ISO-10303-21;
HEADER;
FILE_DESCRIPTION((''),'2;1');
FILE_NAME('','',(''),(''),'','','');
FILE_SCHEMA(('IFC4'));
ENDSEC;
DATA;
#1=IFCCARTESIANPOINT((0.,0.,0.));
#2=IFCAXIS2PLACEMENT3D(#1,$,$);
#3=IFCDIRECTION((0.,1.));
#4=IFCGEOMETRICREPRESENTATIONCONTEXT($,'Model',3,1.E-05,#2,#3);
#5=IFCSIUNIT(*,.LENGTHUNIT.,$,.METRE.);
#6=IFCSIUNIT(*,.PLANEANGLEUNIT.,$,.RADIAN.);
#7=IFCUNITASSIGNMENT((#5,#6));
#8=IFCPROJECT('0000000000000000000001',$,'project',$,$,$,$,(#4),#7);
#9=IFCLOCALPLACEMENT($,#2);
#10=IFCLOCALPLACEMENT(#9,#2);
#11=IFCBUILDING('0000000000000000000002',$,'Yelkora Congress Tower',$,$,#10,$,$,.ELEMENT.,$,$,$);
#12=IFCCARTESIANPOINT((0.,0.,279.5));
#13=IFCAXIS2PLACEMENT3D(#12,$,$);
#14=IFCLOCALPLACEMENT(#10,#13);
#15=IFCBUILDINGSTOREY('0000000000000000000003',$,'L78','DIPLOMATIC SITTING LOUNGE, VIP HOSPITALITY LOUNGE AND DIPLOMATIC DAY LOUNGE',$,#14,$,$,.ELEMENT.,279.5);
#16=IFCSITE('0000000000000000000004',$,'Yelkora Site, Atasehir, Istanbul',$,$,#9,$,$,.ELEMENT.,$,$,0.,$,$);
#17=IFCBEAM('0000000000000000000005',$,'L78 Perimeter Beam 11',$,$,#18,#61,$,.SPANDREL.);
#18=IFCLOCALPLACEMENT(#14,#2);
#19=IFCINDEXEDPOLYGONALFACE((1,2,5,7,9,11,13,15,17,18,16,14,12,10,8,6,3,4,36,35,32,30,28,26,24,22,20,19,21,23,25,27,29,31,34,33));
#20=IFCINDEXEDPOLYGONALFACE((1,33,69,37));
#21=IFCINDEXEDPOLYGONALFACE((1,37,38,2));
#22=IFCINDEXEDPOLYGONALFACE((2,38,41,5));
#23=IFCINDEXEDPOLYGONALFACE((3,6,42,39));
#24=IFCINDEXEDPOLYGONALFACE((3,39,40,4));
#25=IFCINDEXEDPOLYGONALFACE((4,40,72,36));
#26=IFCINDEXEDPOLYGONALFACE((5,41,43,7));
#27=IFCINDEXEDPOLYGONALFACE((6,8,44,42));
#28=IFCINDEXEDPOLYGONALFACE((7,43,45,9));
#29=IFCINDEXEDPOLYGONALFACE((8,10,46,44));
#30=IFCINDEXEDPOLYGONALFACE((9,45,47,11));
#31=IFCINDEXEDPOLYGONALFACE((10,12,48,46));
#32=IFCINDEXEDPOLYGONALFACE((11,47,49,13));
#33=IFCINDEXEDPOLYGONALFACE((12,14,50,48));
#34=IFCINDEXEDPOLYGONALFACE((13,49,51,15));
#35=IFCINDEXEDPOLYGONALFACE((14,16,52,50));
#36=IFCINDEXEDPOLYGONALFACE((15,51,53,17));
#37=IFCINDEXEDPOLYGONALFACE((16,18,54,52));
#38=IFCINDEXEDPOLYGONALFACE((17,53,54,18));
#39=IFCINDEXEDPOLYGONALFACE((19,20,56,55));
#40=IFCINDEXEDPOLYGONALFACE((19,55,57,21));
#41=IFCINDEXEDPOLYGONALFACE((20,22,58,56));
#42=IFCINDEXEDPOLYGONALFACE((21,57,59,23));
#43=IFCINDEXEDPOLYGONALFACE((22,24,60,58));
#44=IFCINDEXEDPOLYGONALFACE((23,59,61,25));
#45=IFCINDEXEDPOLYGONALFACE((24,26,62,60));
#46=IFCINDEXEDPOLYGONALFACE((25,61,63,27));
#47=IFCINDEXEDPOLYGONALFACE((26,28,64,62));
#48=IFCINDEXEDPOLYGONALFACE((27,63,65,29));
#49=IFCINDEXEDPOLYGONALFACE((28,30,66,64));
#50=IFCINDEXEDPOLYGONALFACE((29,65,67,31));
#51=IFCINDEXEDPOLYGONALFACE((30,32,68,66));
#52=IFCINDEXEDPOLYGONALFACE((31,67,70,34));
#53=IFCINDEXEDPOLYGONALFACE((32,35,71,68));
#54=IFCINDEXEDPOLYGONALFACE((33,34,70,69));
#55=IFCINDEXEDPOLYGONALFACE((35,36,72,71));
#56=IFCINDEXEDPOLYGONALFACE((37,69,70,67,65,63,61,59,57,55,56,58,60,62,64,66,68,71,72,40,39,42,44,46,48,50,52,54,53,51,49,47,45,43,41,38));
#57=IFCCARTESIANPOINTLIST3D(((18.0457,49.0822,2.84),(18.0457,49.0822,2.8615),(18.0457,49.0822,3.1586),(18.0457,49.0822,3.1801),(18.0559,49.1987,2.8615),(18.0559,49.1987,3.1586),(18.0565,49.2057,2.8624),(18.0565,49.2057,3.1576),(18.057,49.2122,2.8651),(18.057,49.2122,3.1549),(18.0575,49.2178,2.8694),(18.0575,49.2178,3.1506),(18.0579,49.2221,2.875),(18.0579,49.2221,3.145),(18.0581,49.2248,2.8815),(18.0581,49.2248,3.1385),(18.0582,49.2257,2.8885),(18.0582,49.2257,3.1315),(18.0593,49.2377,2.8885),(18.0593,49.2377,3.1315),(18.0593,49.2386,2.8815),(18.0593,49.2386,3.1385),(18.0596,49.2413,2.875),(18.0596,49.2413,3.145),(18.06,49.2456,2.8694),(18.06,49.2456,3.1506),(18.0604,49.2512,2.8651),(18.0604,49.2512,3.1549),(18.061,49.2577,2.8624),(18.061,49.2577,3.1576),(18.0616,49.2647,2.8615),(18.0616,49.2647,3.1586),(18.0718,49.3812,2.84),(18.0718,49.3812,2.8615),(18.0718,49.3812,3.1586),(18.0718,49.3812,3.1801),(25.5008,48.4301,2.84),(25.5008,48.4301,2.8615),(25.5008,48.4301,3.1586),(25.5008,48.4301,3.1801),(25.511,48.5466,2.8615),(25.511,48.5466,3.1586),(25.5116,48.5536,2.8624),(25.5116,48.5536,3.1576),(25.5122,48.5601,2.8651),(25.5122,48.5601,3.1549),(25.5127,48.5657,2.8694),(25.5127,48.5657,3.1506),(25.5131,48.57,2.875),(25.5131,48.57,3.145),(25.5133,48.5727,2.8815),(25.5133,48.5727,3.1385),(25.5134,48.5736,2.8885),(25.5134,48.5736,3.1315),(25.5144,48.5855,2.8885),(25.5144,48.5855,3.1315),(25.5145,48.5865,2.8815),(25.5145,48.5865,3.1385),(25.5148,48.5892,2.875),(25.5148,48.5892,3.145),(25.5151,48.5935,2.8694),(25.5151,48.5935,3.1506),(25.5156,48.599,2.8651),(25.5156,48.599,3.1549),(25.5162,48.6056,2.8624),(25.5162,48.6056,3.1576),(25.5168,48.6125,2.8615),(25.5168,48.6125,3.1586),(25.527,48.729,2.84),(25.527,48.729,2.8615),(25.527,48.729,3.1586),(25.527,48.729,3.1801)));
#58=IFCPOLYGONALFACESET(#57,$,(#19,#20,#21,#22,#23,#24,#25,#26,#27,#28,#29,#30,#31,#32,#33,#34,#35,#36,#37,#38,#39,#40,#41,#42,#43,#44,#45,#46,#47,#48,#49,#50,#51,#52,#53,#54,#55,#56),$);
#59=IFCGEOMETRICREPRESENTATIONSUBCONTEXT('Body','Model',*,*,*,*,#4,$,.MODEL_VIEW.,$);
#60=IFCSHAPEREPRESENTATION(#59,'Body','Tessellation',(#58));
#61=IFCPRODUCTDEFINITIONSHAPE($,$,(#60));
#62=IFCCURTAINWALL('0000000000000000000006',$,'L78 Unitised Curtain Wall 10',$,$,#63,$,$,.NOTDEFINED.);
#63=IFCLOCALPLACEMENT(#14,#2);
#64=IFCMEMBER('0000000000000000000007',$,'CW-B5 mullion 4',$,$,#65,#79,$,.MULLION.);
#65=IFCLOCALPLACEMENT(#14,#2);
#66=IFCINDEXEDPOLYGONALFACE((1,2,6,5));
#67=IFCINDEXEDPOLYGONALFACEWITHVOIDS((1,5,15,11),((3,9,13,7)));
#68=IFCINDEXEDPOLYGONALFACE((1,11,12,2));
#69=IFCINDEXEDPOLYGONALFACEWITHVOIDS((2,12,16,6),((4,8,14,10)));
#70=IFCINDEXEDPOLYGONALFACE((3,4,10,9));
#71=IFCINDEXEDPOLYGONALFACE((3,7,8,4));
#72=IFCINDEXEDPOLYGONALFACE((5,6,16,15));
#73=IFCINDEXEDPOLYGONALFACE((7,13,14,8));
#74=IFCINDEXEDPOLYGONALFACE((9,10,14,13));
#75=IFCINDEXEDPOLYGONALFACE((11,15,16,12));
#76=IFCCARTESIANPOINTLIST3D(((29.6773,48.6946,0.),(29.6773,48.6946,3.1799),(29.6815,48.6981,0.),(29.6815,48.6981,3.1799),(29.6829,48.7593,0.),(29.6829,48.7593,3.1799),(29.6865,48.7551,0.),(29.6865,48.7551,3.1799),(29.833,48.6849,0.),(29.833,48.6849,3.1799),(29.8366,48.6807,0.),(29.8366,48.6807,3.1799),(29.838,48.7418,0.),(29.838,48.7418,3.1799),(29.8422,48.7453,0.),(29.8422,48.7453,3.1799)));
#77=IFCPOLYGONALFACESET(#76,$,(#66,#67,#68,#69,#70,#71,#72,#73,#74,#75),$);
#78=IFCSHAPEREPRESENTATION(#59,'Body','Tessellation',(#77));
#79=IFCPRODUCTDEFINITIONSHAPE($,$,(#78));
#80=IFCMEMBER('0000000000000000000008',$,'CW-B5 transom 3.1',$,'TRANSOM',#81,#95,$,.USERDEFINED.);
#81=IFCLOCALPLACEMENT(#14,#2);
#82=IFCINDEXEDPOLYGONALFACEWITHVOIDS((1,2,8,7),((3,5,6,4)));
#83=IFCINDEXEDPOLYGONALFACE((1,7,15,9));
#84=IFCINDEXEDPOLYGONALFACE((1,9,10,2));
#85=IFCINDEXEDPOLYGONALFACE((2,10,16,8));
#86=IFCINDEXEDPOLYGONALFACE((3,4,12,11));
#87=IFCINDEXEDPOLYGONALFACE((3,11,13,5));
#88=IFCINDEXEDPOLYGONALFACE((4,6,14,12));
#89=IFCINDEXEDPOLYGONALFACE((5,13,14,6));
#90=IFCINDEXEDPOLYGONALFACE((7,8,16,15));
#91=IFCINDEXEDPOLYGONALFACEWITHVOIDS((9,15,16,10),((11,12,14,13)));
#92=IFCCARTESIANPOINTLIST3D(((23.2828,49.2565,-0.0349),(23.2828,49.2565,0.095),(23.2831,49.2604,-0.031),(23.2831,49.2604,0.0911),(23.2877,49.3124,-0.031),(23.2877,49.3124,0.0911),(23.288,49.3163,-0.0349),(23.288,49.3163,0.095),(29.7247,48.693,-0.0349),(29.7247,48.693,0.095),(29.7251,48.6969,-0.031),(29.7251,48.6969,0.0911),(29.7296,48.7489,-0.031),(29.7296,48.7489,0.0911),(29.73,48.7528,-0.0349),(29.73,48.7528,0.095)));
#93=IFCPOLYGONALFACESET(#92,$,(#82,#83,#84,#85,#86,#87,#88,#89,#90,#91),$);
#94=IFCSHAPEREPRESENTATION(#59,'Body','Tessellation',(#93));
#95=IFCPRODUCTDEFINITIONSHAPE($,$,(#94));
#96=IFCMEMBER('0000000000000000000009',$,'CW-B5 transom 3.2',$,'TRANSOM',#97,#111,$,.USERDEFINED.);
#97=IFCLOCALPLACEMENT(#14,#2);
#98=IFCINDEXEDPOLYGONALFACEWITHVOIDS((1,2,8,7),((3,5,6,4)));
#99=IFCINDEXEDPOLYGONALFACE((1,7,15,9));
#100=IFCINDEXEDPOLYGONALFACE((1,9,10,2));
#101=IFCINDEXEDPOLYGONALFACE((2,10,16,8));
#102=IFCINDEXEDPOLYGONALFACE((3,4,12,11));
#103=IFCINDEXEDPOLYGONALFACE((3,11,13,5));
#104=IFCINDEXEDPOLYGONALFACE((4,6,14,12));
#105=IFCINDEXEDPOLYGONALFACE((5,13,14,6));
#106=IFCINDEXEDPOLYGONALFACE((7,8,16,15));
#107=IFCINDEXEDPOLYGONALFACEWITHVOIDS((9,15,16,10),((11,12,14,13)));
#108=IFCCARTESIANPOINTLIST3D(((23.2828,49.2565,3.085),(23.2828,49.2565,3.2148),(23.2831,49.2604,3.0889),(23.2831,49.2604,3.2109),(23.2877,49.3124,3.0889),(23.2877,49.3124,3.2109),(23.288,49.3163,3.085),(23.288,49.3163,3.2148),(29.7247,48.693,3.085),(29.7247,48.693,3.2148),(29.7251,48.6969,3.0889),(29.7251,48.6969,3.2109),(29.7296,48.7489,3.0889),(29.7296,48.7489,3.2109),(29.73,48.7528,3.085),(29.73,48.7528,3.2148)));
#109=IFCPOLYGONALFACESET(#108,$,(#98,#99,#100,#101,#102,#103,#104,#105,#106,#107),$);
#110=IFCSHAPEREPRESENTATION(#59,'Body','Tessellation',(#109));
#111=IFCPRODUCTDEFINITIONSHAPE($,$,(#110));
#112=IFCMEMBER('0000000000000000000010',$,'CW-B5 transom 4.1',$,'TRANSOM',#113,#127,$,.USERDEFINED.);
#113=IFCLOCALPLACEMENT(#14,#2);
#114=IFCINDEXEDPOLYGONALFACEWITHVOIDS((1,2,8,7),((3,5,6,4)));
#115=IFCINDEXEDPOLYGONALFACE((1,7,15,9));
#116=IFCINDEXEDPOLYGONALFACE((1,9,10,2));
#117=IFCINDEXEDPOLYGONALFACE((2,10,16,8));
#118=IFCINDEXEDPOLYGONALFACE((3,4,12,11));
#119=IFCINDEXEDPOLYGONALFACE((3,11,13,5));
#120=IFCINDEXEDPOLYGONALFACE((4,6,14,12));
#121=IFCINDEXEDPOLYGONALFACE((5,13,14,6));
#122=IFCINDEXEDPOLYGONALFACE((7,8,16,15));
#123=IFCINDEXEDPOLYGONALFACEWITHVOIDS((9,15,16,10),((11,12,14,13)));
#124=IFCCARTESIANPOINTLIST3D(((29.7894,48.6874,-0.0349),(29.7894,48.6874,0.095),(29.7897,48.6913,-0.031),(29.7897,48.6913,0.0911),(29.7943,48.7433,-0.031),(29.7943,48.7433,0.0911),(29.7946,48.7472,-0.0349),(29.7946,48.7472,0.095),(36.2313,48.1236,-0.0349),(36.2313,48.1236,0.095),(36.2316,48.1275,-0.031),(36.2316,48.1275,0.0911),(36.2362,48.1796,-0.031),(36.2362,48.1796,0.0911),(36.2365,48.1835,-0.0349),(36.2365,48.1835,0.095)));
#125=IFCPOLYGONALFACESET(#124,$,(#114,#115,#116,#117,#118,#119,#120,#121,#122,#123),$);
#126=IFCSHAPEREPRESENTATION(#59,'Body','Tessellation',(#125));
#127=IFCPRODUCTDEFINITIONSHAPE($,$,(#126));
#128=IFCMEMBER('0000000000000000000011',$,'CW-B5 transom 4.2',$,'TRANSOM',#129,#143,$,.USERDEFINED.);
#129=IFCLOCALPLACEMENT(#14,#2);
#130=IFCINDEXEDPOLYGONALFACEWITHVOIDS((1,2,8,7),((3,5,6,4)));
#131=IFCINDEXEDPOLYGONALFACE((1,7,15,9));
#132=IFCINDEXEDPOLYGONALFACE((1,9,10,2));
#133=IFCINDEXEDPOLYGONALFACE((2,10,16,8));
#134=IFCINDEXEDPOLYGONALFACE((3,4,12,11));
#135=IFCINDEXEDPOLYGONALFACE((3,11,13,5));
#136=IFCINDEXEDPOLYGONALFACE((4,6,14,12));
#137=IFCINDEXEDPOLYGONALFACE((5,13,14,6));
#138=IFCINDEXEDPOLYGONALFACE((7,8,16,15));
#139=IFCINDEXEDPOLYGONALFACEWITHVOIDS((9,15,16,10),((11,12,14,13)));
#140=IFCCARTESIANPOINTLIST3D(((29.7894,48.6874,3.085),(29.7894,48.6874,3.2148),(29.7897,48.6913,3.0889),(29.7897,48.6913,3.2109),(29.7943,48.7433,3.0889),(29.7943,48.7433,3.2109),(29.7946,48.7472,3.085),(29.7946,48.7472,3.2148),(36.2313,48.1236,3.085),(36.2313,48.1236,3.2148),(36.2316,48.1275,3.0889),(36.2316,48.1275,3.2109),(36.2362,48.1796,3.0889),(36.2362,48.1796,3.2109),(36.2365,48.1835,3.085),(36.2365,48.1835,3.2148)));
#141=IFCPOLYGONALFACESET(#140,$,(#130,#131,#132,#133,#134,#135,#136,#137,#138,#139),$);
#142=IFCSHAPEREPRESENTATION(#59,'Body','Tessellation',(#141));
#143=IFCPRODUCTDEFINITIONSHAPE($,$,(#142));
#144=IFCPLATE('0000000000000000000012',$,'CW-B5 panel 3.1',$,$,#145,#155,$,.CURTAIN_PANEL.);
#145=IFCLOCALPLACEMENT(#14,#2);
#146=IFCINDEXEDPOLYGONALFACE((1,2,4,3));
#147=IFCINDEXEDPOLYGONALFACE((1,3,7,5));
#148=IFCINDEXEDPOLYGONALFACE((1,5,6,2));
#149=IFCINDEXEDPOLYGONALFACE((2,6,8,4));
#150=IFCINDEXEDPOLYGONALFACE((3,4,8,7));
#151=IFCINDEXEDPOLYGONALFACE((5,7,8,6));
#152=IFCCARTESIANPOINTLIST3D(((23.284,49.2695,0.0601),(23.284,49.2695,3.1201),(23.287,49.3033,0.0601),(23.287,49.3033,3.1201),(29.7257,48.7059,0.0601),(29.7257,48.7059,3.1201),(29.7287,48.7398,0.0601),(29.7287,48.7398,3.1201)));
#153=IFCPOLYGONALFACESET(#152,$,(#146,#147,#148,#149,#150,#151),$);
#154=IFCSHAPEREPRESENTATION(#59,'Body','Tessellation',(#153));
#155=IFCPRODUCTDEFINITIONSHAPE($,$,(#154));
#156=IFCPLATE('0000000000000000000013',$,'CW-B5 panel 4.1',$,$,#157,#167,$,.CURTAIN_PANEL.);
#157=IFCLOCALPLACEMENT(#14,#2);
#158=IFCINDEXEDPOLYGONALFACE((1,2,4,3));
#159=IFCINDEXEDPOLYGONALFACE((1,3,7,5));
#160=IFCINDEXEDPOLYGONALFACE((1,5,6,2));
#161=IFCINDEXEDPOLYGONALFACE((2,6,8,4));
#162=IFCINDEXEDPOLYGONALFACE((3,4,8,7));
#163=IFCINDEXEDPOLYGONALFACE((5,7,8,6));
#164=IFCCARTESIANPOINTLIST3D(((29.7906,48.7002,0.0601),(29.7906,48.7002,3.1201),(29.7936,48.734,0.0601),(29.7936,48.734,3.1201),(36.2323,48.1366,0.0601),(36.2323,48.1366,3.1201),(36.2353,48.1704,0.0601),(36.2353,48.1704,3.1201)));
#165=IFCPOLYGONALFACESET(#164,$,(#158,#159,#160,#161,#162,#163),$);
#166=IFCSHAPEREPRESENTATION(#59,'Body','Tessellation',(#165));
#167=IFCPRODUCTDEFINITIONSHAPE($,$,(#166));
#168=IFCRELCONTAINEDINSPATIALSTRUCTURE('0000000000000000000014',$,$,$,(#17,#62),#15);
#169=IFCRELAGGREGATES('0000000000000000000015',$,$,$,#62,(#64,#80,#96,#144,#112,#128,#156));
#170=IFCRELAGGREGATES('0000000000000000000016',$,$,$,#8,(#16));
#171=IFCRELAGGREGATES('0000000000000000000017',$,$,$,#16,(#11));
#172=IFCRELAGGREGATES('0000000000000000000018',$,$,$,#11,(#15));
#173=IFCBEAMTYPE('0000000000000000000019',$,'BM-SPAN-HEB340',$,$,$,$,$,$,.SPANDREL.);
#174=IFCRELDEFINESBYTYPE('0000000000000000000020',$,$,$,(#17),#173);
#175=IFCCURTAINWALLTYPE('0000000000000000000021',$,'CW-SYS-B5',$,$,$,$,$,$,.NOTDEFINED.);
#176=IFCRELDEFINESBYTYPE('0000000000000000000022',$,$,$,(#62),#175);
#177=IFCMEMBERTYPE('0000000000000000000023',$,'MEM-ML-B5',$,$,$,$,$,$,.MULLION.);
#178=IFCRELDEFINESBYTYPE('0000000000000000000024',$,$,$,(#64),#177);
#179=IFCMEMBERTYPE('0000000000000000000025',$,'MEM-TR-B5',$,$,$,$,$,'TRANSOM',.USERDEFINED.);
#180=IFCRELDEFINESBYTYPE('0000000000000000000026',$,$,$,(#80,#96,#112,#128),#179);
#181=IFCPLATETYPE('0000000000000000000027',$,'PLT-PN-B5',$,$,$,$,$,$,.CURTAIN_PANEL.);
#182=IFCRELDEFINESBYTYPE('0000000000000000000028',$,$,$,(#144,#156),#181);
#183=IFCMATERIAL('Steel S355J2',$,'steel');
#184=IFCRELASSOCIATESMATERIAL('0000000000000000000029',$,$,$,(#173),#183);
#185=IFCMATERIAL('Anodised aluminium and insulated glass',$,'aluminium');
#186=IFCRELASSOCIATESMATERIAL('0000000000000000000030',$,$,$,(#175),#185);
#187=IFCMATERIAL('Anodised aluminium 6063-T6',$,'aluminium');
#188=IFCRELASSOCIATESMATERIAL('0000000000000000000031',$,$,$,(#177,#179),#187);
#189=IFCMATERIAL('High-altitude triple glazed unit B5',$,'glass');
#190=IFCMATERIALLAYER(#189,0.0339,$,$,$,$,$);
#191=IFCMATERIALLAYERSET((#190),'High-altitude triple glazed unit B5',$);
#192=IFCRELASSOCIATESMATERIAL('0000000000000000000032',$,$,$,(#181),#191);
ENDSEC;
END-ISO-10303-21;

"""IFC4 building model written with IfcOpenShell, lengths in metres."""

from ifc_helpers import new_model, si_unit, direction, frame, origin, origin_2d, place, context, subcontext, project, spatial, rectangle, hollow_rectangle, i_section, extrude, material, layer, layer_set, material_profile, profile_set, type_object, element, aggregate, save


model = new_model("IFC4")

# Units and contexts
model_context = context("Model", 3, precision=1e-05, world=origin(), true_north=direction((0.0, 1.0)))
body_context = subcontext(model_context, "Body", "Model", "MODEL_VIEW")
ifc_project = project(units=[si_unit("LENGTHUNIT", "METRE"), si_unit("PLANEANGLEUNIT", "RADIAN")], contexts=[model_context])

# Site, building, storey
site_placement = place(None, origin())
site = spatial("IfcSite", under=ifc_project, at=site_placement, Name="Yelkora Site, Atasehir, Istanbul", CompositionType="ELEMENT", RefElevation=0.0)
building_placement = place(site_placement, origin())
building = spatial("IfcBuilding", under=site, at=building_placement, Name="Yelkora Congress Tower", CompositionType="ELEMENT")
storey_placement = place(building_placement, frame((0.0, 0.0, 279.5)))
storey = spatial("IfcBuildingStorey", under=building, at=storey_placement, Name="L78", Description="DIPLOMATIC SITTING LOUNGE, VIP HOSPITALITY LOUNGE AND DIPLOMATIC DAY LOUNGE", CompositionType="ELEMENT", Elevation=279.5)

# Shared definitions
ifc_material_1 = material(Name="Steel S355J2", Category="steel")

# Beam
ifc_material_profile_1 = material_profile(ifc_material_1, i_section(OverallWidth=0.3, OverallDepth=0.3401, WebThickness=0.012, FlangeThickness=0.0215, FilletRadius=0.0271, at=origin_2d()), Name="HEB 340")
ifc_profile_set_1 = profile_set([ifc_material_profile_1], Name="Steel S355J2")
beam_type_1 = type_object("IfcBeamType", Name="BM-SPAN-HEB340", PredefinedType="SPANDREL", material=ifc_profile_set_1)
beam_1_placement = place(storey_placement, frame((25.5139, 48.5796, 3.01), z_axis=(-0.996196, 0.087138, 0.0), x_axis=(-0.087138, -0.996196, 0.0)))
element("IfcBeam", 1, at=beam_1_placement, inside=storey, type_object=beam_type_1, Name="L78 Perimeter Beam 11", PredefinedType="SPANDREL", context=body_context, shape_type="SweptSolid", body=[
    extrude(i_section(OverallWidth=0.3, OverallDepth=0.3401, WebThickness=0.012, FlangeThickness=0.0215, FilletRadius=0.0271, at=origin_2d()), origin(), (0.0, 0.0, 1.0), 7.4836),
])

# Curtain wall, members, plates
ifc_material_2 = material(Name="Anodised aluminium and insulated glass", Category="aluminium")
curtain_wall_type = type_object("IfcCurtainWallType", Name="CW-SYS-B5", PredefinedType="NOTDEFINED", material=ifc_material_2)
curtain_wall_placement = place(storey_placement, origin())
curtain_wall = element("IfcCurtainWall", 2, at=curtain_wall_placement, inside=storey, type_object=curtain_wall_type, Name="L78 Unitised Curtain Wall 10", PredefinedType="NOTDEFINED")
ifc_material_3 = material(Name="Anodised aluminium 6063-T6", Category="aluminium")
ifc_material_profile_2 = material_profile(ifc_material_3, hollow_rectangle(XDim=0.0649, YDim=0.1599, WallThickness=0.0039, at=origin_2d()), Name="ALU 65x160x4")
ifc_profile_set_2 = profile_set([ifc_material_profile_2], Name="Anodised aluminium 6063-T6")
member_type_1 = type_object("IfcMemberType", Name="MEM-ML-B5", PredefinedType="MULLION", material=ifc_profile_set_2)
member_1_placement = place(storey_placement, frame((29.7598, 48.72, 0.0), z_axis=(0.0, 0.0, 1.0), x_axis=(0.087157, 0.996195, 0.0)))
member_1 = element("IfcMember", 3, at=member_1_placement, type_object=member_type_1, Name="CW-B5 mullion 4", PredefinedType="MULLION", context=body_context, shape_type="SweptSolid", body=[
    extrude(hollow_rectangle(XDim=0.0649, YDim=0.1599, WallThickness=0.0039, at=origin_2d()), origin(), (0.0, 0.0, 1.0), 3.1799),
])
ifc_material_profile_3 = material_profile(ifc_material_3, hollow_rectangle(XDim=0.0601, YDim=0.1299, WallThickness=0.0039, at=origin_2d()), Name="ALU 60x130x4")
ifc_profile_set_3 = profile_set([ifc_material_profile_3], Name="Anodised aluminium 6063-T6")
member_type_2 = type_object("IfcMemberType", Name="MEM-TR-B5", ElementType="TRANSOM", PredefinedType="USERDEFINED", material=ifc_profile_set_3)
member_2_placement = place(storey_placement, frame((23.2854, 49.2864, 0.03), z_axis=(0.996196, -0.087138, 0.0), x_axis=(0.087138, 0.996196, 0.0)))
member_2 = element("IfcMember", 4, at=member_2_placement, type_object=member_type_2, Name="CW-B5 transom 3.1", ObjectType="TRANSOM", PredefinedType="USERDEFINED", context=body_context, shape_type="SweptSolid", body=[
    extrude(hollow_rectangle(XDim=0.0601, YDim=0.1299, WallThickness=0.0039, at=origin_2d()), origin(), (0.0, 0.0, 1.0), 6.4666),
])
member_3_placement = place(storey_placement, frame((23.2854, 49.2864, 3.1499), z_axis=(0.996196, -0.087138, 0.0), x_axis=(0.087138, 0.996196, 0.0)))
member_3 = element("IfcMember", 5, at=member_3_placement, type_object=member_type_2, Name="CW-B5 transom 3.2", ObjectType="TRANSOM", PredefinedType="USERDEFINED", context=body_context, shape_type="SweptSolid", body=[
    extrude(hollow_rectangle(XDim=0.0601, YDim=0.1299, WallThickness=0.0039, at=origin_2d()), origin(), (0.0, 0.0, 1.0), 6.4666),
])
member_4_placement = place(storey_placement, frame((29.792, 48.7173, 0.03), z_axis=(0.996193, -0.087175, 0.0), x_axis=(0.087175, 0.996193, 0.0)))
member_4 = element("IfcMember", 6, at=member_4_placement, type_object=member_type_2, Name="CW-B5 transom 4.1", ObjectType="TRANSOM", PredefinedType="USERDEFINED", context=body_context, shape_type="SweptSolid", body=[
    extrude(hollow_rectangle(XDim=0.0601, YDim=0.1299, WallThickness=0.0039, at=origin_2d()), origin(), (0.0, 0.0, 1.0), 6.4666),
])
member_5_placement = place(storey_placement, frame((29.792, 48.7173, 3.1499), z_axis=(0.996193, -0.087175, 0.0), x_axis=(0.087175, 0.996193, 0.0)))
member_5 = element("IfcMember", 7, at=member_5_placement, type_object=member_type_2, Name="CW-B5 transom 4.2", ObjectType="TRANSOM", PredefinedType="USERDEFINED", context=body_context, shape_type="SweptSolid", body=[
    extrude(hollow_rectangle(XDim=0.0601, YDim=0.1299, WallThickness=0.0039, at=origin_2d()), origin(), (0.0, 0.0, 1.0), 6.4666),
])
ifc_material_4 = material(Name="High-altitude triple glazed unit B5", Category="glass")
ifc_layer_1 = layer(ifc_material_4, 0.0339)
ifc_layer_set_1 = layer_set([ifc_layer_1], Name="High-altitude triple glazed unit B5")
plate_type = type_object("IfcPlateType", Name="PLT-PN-B5", PredefinedType="CURTAIN_PANEL", material=ifc_layer_set_1)
plate_1_placement = place(storey_placement, frame((26.5063, 49.0046, 0.0601), z_axis=(0.0, 0.0, 1.0), x_axis=(0.996195, -0.087157, 0.0)))
plate_1 = element("IfcPlate", 8, at=plate_1_placement, type_object=plate_type, Name="CW-B5 panel 3.1", PredefinedType="CURTAIN_PANEL", context=body_context, shape_type="SweptSolid", body=[
    extrude(rectangle(XDim=6.4663, YDim=0.0339, at=origin_2d()), origin(), (0.0, 0.0, 1.0), 3.0601),
])
plate_2_placement = place(storey_placement, frame((33.0129, 48.4353, 0.0601), z_axis=(0.0, 0.0, 1.0), x_axis=(0.996195, -0.087157, 0.0)))
plate_2 = element("IfcPlate", 9, at=plate_2_placement, type_object=plate_type, Name="CW-B5 panel 4.1", PredefinedType="CURTAIN_PANEL", context=body_context, shape_type="SweptSolid", body=[
    extrude(rectangle(XDim=6.4663, YDim=0.0339, at=origin_2d()), origin(), (0.0, 0.0, 1.0), 3.0601),
])
aggregate(curtain_wall, [member_1, member_2, member_3, plate_1, member_4, member_5, plate_2])

save(model, "model.ifc")
